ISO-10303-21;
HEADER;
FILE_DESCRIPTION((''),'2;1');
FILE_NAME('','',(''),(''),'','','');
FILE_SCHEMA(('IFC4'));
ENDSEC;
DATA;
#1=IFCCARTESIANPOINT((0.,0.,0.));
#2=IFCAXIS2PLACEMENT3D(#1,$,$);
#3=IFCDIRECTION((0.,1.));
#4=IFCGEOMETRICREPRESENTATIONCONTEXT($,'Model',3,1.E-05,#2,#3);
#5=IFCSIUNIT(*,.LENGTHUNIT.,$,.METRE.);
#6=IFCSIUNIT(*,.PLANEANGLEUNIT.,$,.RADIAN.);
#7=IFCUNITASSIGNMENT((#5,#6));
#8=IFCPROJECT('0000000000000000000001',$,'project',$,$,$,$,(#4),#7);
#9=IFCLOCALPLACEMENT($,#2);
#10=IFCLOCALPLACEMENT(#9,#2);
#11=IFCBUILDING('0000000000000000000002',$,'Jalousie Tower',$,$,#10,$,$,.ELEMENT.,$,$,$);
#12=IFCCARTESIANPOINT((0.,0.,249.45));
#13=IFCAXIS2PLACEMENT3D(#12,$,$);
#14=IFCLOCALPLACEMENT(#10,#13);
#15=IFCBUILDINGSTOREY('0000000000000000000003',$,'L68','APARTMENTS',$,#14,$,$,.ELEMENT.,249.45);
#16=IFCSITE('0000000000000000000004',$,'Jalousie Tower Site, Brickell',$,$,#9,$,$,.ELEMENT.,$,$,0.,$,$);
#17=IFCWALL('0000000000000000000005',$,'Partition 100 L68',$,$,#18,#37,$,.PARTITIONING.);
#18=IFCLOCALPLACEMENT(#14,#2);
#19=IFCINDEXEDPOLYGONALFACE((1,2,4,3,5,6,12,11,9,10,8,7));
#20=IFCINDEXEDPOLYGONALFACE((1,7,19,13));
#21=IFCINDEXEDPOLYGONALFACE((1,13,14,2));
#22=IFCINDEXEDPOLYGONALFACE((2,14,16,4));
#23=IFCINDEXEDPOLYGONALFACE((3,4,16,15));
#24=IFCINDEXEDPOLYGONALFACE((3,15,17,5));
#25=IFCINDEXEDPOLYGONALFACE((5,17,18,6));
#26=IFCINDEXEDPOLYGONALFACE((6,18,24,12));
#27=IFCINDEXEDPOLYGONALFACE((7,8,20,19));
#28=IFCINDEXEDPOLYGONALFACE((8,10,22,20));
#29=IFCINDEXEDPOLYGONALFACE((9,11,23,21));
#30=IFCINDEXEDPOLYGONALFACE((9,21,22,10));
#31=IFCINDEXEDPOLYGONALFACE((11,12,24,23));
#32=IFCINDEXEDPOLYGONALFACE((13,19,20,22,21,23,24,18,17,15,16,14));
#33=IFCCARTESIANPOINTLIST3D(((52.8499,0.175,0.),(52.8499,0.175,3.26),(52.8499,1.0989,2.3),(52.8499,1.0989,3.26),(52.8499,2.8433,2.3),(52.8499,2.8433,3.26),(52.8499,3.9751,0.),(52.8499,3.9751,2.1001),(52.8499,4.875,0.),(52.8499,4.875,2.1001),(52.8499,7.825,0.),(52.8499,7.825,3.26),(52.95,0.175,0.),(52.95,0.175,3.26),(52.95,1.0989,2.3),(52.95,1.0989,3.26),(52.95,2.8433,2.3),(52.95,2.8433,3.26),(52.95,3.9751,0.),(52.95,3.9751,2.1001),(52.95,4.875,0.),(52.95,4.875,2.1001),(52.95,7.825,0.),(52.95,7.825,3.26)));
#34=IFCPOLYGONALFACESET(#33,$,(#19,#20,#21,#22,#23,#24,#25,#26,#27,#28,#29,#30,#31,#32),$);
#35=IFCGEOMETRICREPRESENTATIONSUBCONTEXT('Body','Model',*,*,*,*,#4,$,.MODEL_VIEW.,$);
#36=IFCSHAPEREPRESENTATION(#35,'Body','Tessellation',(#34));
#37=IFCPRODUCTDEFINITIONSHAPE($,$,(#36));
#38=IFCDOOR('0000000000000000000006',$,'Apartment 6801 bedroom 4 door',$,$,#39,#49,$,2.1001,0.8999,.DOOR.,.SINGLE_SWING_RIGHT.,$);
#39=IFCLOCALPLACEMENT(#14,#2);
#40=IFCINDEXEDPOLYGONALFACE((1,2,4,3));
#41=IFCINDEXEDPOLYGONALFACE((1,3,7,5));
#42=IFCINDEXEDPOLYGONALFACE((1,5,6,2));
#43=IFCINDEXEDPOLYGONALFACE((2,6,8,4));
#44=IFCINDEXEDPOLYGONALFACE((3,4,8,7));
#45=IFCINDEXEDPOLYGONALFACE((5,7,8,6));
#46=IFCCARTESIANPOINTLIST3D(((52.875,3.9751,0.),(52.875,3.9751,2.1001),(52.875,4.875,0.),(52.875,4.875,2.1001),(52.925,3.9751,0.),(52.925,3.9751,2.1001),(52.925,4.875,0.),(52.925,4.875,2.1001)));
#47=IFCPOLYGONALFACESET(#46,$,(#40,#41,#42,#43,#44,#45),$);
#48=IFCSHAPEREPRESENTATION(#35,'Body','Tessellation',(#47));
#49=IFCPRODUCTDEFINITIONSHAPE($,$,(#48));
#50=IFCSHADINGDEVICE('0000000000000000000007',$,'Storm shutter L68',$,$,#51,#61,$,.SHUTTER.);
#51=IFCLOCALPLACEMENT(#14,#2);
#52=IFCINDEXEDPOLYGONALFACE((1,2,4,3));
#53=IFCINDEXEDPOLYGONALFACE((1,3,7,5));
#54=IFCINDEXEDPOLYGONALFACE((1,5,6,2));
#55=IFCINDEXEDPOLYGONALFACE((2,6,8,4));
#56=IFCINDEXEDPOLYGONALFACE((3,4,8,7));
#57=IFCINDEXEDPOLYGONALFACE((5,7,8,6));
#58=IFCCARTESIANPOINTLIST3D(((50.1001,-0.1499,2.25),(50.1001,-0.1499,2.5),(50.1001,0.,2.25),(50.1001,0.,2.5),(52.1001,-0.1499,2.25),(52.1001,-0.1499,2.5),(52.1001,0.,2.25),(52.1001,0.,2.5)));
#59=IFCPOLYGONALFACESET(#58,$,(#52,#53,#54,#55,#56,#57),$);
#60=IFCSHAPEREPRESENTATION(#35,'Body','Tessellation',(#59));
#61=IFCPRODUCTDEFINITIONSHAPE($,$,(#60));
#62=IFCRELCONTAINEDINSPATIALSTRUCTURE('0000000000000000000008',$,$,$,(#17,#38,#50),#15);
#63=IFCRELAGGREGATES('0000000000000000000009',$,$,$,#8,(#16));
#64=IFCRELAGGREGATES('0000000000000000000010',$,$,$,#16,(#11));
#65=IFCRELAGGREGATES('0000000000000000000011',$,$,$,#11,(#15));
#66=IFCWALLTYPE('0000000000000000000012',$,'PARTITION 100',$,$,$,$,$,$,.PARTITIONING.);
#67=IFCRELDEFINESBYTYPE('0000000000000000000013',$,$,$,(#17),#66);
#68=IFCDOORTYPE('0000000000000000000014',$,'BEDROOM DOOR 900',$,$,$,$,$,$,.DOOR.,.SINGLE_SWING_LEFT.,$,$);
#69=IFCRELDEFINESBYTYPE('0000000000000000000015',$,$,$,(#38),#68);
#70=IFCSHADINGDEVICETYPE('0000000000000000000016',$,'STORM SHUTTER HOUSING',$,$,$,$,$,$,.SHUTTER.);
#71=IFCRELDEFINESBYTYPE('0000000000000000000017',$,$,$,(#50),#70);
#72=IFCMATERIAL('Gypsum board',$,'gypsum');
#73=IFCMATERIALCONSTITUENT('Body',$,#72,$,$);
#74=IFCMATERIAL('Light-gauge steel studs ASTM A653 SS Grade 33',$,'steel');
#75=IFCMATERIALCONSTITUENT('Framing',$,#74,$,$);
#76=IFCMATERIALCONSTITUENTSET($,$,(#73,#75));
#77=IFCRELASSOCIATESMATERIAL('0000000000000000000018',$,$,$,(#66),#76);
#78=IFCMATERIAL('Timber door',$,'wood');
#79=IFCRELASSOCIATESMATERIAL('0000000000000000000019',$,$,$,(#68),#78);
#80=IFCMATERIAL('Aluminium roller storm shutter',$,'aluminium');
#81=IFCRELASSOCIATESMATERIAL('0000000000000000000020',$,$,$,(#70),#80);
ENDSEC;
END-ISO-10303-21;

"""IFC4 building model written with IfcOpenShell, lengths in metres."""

from ifc_helpers import new_model, si_unit, direction, frame, frame_2d, origin, origin_2d, place, context, subcontext, project, spatial, polyline, rectangle, outline, extrude, material, constituent, constituent_set, type_object, element, fill, save


model = new_model("IFC4")

# Units and contexts
model_context = context("Model", 3, precision=1e-05, world=origin(), true_north=direction((0.0, 1.0)))
body_context = subcontext(model_context, "Body", "Model", "MODEL_VIEW")
ifc_project = project(units=[si_unit("LENGTHUNIT", "METRE"), si_unit("PLANEANGLEUNIT", "RADIAN")], contexts=[model_context])

# Site, building, storey
site_placement = place(None, origin())
site = spatial("IfcSite", under=ifc_project, at=site_placement, Name="Jalousie Tower Site, Brickell", CompositionType="ELEMENT", RefElevation=0.0)
building_placement = place(site_placement, origin())
building = spatial("IfcBuilding", under=site, at=building_placement, Name="Jalousie Tower", CompositionType="ELEMENT")
storey_placement = place(building_placement, frame((0.0, 0.0, 249.45)))
storey = spatial("IfcBuildingStorey", under=building, at=storey_placement, Name="L68", Description="APARTMENTS", CompositionType="ELEMENT", Elevation=249.45)

# Shared definitions
ifc_material_1 = material(Name="Gypsum board", Category="gypsum")
ifc_constituent_1 = constituent(ifc_material_1, Name="Body")
ifc_material_2 = material(Name="Light-gauge steel studs ASTM A653 SS Grade 33", Category="steel")
ifc_constituent_2 = constituent(ifc_material_2, Name="Framing")
ifc_constituent_set = constituent_set(constituents=[ifc_constituent_1, ifc_constituent_2])
wall_type = type_object("IfcWallType", Name="PARTITION 100", PredefinedType="PARTITIONING", material=ifc_constituent_set)
ifc_material_3 = material(Name="Timber door", Category="wood")
door_type_1 = type_object("IfcDoorType", Name="BEDROOM DOOR 900", OperationType="SINGLE_SWING_LEFT", PredefinedType="DOOR", material=ifc_material_3)

# Wall, opening, door
wall_1_placement = place(storey_placement, frame((52.8999, 0.175, 0.0), z_axis=(0.0, 0.0, 1.0), x_axis=(0.0, 1.0, 0.0)))
wall_1 = element("IfcWall", 1, at=wall_1_placement, inside=storey, type_object=wall_type, Name="Partition 100 L68", PredefinedType="PARTITIONING", context=body_context, shape_type="SweptSolid", body=[
    extrude(outline(polyline([(0.0, 0.0), (7.6499, 0.0), (7.6499, 3.26), (2.6682, 3.26), (2.6682, 2.3), (0.9238, 2.3), (0.9238, 3.26), (0.0, 3.26), (0.0, 0.0)])), frame((0.0, 0.05, 0.0), z_axis=(0.0, -1.0, 0.0), x_axis=(1.0, 0.0, 0.0)), (0.0, 0.0, 1.0), 0.1001),
])
opening_1_placement = place(wall_1_placement, frame((3.8, 0.0, 0.0)))
opening_1 = element("IfcOpeningElement", 2, at=opening_1_placement, cuts=wall_1, PredefinedType="OPENING", context=body_context, shape_type="SweptSolid", body=[
    extrude(rectangle(XDim=0.8999, YDim=2.1001, at=frame_2d((0.45, 1.05))), frame((0.0, 0.0601, 0.0), z_axis=(0.0, -1.0, 0.0), x_axis=(1.0, 0.0, 0.0)), (0.0, 0.0, 1.0), 0.1201),
])
door_1_placement = place(opening_1_placement, origin())
door_1 = element("IfcDoor", 3, at=door_1_placement, inside=storey, type_object=door_type_1, Name="Apartment 6801 bedroom 4 door", OperationType="SINGLE_SWING_RIGHT", OverallHeight=2.1001, OverallWidth=0.8999, PredefinedType="DOOR", context=body_context, shape_type="SweptSolid", body=[
    extrude(rectangle(XDim=0.8999, YDim=2.1001, at=frame_2d((0.45, 1.05))), frame((0.0, 0.0249, 0.0), z_axis=(0.0, -1.0, 0.0), x_axis=(1.0, 0.0, 0.0)), (0.0, 0.0, 1.0), 0.05),
])
fill(opening_1, door_1)

# Shading device
ifc_material_4 = material(Name="Aluminium roller storm shutter", Category="aluminium")
shading_device_type = type_object("IfcShadingDeviceType", Name="STORM SHUTTER HOUSING", PredefinedType="SHUTTER", material=ifc_material_4)
shading_device_placement = place(storey_placement, frame((51.1001, -0.075, 2.25), z_axis=(0.0, 0.0, 1.0), x_axis=(1.0, 0.0, 0.0)))
element("IfcShadingDevice", 4, at=shading_device_placement, inside=storey, type_object=shading_device_type, Name="Storm shutter L68", PredefinedType="SHUTTER", context=body_context, shape_type="SweptSolid", body=[
    extrude(rectangle(XDim=2.0, YDim=0.1499, at=origin_2d()), origin(), (0.0, 0.0, 1.0), 0.25),
])

save(model, "model.ifc")
